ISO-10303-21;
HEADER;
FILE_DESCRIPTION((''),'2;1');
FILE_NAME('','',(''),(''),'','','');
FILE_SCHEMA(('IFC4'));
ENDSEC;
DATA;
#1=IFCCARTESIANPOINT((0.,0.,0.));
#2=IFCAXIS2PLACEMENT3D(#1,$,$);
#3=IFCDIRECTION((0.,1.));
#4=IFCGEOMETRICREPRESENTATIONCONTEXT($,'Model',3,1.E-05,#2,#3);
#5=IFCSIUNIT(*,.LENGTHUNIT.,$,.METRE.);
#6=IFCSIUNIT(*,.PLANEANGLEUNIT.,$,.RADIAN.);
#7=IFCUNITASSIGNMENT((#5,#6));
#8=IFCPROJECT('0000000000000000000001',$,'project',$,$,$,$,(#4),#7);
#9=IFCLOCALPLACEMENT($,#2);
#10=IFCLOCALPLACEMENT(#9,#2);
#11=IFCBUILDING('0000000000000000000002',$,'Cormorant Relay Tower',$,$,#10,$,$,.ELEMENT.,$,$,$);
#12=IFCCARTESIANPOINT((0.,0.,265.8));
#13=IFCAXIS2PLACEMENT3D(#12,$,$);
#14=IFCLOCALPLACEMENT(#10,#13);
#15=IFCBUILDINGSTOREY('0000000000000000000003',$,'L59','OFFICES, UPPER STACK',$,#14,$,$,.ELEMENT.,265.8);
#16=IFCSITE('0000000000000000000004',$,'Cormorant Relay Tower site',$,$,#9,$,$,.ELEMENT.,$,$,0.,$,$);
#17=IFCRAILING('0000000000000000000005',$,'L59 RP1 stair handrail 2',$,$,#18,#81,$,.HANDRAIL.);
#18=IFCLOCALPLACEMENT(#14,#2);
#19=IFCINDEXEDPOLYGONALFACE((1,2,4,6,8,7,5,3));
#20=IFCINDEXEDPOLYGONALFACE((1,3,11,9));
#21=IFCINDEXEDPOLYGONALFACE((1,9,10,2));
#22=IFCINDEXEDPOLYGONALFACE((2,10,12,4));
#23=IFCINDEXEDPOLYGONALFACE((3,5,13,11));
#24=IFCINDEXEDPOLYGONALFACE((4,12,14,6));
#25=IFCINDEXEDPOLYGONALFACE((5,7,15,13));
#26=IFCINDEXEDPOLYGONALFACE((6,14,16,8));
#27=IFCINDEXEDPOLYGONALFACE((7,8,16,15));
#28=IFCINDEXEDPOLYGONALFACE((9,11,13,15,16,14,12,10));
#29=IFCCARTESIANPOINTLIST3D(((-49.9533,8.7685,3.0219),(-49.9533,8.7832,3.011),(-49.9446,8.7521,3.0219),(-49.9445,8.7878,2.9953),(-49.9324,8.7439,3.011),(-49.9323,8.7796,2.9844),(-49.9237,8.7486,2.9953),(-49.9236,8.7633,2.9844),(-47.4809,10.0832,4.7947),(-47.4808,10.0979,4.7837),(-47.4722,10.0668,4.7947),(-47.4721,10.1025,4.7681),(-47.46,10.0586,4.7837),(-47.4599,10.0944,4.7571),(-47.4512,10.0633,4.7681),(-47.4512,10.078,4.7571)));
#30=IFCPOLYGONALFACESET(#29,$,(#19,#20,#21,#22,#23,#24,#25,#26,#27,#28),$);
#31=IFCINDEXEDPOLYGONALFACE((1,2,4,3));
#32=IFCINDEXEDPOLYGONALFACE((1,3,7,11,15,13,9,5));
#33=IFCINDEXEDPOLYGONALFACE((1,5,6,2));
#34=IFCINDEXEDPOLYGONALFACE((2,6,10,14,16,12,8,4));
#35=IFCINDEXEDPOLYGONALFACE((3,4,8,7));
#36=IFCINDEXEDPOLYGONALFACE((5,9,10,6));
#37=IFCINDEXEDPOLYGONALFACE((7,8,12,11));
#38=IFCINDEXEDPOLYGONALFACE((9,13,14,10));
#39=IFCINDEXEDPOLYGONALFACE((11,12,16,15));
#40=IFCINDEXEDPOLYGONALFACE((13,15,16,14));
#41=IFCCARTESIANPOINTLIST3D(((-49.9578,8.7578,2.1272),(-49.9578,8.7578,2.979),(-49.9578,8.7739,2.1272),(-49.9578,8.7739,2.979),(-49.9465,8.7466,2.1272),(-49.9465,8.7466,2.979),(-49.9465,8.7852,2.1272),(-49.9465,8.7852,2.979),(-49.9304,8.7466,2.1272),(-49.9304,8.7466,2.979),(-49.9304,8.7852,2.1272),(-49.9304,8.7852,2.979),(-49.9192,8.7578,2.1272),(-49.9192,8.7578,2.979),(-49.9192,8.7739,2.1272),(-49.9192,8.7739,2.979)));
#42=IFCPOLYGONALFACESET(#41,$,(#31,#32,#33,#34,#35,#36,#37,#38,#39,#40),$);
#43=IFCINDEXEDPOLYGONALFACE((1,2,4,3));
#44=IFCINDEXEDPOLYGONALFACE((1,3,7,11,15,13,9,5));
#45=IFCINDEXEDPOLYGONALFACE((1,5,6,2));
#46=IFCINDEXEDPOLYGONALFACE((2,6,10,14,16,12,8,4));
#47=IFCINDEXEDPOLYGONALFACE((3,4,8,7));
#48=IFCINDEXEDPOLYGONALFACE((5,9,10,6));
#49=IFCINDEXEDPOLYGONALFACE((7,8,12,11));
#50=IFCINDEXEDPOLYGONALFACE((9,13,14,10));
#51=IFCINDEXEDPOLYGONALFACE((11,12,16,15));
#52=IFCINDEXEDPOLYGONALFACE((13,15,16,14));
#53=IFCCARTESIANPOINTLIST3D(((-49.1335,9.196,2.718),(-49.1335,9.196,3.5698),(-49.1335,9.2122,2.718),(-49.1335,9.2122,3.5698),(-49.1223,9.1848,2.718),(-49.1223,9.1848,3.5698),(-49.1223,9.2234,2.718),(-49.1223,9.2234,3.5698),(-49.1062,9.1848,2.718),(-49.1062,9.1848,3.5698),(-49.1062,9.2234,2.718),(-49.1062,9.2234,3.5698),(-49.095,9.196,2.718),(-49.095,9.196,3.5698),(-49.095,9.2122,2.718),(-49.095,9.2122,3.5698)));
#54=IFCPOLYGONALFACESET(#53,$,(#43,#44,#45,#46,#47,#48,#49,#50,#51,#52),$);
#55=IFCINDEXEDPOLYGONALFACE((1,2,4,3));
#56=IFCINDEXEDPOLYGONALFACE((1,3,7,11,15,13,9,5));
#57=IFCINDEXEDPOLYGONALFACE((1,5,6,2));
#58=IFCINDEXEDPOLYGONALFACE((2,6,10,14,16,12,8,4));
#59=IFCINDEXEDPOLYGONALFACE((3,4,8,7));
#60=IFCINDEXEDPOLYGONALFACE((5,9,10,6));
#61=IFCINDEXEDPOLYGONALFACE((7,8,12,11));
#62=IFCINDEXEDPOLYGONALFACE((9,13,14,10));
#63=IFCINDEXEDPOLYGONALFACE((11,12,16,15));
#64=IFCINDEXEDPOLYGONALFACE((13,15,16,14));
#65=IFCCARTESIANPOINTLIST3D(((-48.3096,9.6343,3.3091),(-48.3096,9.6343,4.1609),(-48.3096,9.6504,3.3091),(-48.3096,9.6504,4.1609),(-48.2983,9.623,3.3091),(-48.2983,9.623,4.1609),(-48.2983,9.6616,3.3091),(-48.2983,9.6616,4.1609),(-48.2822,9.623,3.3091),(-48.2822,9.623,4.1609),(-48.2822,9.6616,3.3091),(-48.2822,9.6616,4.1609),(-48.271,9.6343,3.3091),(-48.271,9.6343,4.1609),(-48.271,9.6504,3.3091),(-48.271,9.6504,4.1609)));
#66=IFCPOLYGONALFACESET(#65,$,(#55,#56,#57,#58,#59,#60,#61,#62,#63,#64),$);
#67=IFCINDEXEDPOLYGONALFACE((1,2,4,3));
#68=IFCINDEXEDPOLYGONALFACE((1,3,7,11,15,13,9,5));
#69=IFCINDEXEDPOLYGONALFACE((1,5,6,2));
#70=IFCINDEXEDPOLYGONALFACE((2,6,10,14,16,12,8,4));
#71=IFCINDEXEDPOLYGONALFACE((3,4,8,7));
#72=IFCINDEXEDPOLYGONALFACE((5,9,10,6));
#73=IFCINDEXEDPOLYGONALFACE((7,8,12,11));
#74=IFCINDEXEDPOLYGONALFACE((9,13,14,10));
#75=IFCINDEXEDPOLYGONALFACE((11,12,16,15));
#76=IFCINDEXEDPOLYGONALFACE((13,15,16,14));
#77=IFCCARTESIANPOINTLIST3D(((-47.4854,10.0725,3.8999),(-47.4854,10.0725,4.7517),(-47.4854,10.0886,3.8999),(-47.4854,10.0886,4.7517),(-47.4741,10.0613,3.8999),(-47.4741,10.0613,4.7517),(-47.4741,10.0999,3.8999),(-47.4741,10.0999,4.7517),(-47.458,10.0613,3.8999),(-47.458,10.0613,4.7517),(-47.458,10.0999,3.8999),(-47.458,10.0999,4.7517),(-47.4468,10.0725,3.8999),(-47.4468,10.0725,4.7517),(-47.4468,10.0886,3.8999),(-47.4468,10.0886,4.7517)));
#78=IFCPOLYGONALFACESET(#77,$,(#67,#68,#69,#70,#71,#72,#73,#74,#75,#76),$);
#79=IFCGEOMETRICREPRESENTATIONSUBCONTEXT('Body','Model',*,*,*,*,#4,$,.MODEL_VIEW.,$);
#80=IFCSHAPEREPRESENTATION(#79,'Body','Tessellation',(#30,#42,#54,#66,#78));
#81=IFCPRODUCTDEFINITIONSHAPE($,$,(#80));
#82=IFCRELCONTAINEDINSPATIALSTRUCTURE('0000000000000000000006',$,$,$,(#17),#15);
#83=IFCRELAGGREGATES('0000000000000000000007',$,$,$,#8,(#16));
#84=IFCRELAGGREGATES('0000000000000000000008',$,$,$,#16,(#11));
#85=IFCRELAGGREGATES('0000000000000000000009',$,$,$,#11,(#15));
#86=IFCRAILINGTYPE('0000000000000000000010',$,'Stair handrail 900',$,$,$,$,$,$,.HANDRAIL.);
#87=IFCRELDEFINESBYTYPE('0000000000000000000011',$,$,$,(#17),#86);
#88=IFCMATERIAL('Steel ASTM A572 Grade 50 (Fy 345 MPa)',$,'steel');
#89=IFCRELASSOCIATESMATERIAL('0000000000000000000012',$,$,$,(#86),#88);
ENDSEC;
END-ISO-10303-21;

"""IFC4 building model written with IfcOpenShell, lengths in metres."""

from ifc_helpers import new_model, si_unit, direction, frame, origin, place, context, subcontext, project, spatial, polyline, outline, extrude, material, type_object, element, save


model = new_model("IFC4")

# Units and contexts
model_context = context("Model", 3, precision=1e-05, world=origin(), true_north=direction((0.0, 1.0)))
body_context = subcontext(model_context, "Body", "Model", "MODEL_VIEW")
ifc_project = project(units=[si_unit("LENGTHUNIT", "METRE"), si_unit("PLANEANGLEUNIT", "RADIAN")], contexts=[model_context])

# Site, building, storey
site_placement = place(None, origin())
site = spatial("IfcSite", under=ifc_project, at=site_placement, Name="Cormorant Relay Tower site", CompositionType="ELEMENT", RefElevation=0.0)
building_placement = place(site_placement, origin())
building = spatial("IfcBuilding", under=site, at=building_placement, Name="Cormorant Relay Tower", CompositionType="ELEMENT")
storey_placement = place(building_placement, frame((0.0, 0.0, 265.8)))
storey = spatial("IfcBuildingStorey", under=building, at=storey_placement, Name="L59", Description="OFFICES, UPPER STACK", CompositionType="ELEMENT", Elevation=265.8)

# Railing
ifc_material_1 = material(Name="Steel ASTM A572 Grade 50 (Fy 345 MPa)", Category="steel")
railing_type_1 = type_object("IfcRailingType", Name="Stair handrail 900", PredefinedType="HANDRAIL", material=ifc_material_1)
railing_1_placement = place(storey_placement, frame((-49.9385, 8.7659, 2.1272)))
element("IfcRailing", 1, at=railing_1_placement, inside=storey, type_object=railing_type_1, Name="L59 RP1 stair handrail 2", PredefinedType="HANDRAIL", context=body_context, shape_type="SweptSolid", body=[
    extrude(outline(polyline([(0.0222, 0.0093), (0.0093, 0.0222), (-0.0093, 0.0222), (-0.0222, 0.0093), (-0.0222, -0.0093), (-0.0093, -0.0222), (0.0093, -0.0222), (0.0222, -0.0093), (0.0222, 0.0093)])), frame((0.0, 0.0, 0.876), z_axis=(0.746012, 0.39669, 0.534886), x_axis=(-0.469497, 0.882934, 0.0)), (0.0, 0.0, 1.0), 3.3142),
    extrude(outline(polyline([(0.0193, 0.0081), (0.0081, 0.0193), (-0.0081, 0.0193), (-0.0193, 0.0081), (-0.0193, -0.0081), (-0.0081, -0.0193), (0.0081, -0.0193), (0.0193, -0.0081), (0.0193, 0.0081)])), origin(), (0.0, 0.0, 1.0), 0.8518),
    extrude(outline(polyline([(0.0193, 0.0081), (0.0081, 0.0193), (-0.0081, 0.0193), (-0.0193, 0.0081), (-0.0193, -0.0081), (-0.0081, -0.0193), (0.0081, -0.0193), (0.0193, -0.0081), (0.0193, 0.0081)])), frame((0.8242, 0.4382, 0.5908)), (0.0, 0.0, 1.0), 0.8518),
    extrude(outline(polyline([(0.0193, 0.0081), (0.0081, 0.0193), (-0.0081, 0.0193), (-0.0193, 0.0081), (-0.0193, -0.0081), (-0.0081, -0.0193), (0.0081, -0.0193), (0.0193, -0.0081), (0.0193, 0.0081)])), frame((1.6482, 0.8765, 1.1819)), (0.0, 0.0, 1.0), 0.8518),
    extrude(outline(polyline([(0.0193, 0.0081), (0.0081, 0.0193), (-0.0081, 0.0193), (-0.0193, 0.0081), (-0.0193, -0.0081), (-0.0081, -0.0193), (0.0081, -0.0193), (0.0193, -0.0081), (0.0193, 0.0081)])), frame((2.4724, 1.3147, 1.7727)), (0.0, 0.0, 1.0), 0.8518),
])

save(model, "model.ifc")
